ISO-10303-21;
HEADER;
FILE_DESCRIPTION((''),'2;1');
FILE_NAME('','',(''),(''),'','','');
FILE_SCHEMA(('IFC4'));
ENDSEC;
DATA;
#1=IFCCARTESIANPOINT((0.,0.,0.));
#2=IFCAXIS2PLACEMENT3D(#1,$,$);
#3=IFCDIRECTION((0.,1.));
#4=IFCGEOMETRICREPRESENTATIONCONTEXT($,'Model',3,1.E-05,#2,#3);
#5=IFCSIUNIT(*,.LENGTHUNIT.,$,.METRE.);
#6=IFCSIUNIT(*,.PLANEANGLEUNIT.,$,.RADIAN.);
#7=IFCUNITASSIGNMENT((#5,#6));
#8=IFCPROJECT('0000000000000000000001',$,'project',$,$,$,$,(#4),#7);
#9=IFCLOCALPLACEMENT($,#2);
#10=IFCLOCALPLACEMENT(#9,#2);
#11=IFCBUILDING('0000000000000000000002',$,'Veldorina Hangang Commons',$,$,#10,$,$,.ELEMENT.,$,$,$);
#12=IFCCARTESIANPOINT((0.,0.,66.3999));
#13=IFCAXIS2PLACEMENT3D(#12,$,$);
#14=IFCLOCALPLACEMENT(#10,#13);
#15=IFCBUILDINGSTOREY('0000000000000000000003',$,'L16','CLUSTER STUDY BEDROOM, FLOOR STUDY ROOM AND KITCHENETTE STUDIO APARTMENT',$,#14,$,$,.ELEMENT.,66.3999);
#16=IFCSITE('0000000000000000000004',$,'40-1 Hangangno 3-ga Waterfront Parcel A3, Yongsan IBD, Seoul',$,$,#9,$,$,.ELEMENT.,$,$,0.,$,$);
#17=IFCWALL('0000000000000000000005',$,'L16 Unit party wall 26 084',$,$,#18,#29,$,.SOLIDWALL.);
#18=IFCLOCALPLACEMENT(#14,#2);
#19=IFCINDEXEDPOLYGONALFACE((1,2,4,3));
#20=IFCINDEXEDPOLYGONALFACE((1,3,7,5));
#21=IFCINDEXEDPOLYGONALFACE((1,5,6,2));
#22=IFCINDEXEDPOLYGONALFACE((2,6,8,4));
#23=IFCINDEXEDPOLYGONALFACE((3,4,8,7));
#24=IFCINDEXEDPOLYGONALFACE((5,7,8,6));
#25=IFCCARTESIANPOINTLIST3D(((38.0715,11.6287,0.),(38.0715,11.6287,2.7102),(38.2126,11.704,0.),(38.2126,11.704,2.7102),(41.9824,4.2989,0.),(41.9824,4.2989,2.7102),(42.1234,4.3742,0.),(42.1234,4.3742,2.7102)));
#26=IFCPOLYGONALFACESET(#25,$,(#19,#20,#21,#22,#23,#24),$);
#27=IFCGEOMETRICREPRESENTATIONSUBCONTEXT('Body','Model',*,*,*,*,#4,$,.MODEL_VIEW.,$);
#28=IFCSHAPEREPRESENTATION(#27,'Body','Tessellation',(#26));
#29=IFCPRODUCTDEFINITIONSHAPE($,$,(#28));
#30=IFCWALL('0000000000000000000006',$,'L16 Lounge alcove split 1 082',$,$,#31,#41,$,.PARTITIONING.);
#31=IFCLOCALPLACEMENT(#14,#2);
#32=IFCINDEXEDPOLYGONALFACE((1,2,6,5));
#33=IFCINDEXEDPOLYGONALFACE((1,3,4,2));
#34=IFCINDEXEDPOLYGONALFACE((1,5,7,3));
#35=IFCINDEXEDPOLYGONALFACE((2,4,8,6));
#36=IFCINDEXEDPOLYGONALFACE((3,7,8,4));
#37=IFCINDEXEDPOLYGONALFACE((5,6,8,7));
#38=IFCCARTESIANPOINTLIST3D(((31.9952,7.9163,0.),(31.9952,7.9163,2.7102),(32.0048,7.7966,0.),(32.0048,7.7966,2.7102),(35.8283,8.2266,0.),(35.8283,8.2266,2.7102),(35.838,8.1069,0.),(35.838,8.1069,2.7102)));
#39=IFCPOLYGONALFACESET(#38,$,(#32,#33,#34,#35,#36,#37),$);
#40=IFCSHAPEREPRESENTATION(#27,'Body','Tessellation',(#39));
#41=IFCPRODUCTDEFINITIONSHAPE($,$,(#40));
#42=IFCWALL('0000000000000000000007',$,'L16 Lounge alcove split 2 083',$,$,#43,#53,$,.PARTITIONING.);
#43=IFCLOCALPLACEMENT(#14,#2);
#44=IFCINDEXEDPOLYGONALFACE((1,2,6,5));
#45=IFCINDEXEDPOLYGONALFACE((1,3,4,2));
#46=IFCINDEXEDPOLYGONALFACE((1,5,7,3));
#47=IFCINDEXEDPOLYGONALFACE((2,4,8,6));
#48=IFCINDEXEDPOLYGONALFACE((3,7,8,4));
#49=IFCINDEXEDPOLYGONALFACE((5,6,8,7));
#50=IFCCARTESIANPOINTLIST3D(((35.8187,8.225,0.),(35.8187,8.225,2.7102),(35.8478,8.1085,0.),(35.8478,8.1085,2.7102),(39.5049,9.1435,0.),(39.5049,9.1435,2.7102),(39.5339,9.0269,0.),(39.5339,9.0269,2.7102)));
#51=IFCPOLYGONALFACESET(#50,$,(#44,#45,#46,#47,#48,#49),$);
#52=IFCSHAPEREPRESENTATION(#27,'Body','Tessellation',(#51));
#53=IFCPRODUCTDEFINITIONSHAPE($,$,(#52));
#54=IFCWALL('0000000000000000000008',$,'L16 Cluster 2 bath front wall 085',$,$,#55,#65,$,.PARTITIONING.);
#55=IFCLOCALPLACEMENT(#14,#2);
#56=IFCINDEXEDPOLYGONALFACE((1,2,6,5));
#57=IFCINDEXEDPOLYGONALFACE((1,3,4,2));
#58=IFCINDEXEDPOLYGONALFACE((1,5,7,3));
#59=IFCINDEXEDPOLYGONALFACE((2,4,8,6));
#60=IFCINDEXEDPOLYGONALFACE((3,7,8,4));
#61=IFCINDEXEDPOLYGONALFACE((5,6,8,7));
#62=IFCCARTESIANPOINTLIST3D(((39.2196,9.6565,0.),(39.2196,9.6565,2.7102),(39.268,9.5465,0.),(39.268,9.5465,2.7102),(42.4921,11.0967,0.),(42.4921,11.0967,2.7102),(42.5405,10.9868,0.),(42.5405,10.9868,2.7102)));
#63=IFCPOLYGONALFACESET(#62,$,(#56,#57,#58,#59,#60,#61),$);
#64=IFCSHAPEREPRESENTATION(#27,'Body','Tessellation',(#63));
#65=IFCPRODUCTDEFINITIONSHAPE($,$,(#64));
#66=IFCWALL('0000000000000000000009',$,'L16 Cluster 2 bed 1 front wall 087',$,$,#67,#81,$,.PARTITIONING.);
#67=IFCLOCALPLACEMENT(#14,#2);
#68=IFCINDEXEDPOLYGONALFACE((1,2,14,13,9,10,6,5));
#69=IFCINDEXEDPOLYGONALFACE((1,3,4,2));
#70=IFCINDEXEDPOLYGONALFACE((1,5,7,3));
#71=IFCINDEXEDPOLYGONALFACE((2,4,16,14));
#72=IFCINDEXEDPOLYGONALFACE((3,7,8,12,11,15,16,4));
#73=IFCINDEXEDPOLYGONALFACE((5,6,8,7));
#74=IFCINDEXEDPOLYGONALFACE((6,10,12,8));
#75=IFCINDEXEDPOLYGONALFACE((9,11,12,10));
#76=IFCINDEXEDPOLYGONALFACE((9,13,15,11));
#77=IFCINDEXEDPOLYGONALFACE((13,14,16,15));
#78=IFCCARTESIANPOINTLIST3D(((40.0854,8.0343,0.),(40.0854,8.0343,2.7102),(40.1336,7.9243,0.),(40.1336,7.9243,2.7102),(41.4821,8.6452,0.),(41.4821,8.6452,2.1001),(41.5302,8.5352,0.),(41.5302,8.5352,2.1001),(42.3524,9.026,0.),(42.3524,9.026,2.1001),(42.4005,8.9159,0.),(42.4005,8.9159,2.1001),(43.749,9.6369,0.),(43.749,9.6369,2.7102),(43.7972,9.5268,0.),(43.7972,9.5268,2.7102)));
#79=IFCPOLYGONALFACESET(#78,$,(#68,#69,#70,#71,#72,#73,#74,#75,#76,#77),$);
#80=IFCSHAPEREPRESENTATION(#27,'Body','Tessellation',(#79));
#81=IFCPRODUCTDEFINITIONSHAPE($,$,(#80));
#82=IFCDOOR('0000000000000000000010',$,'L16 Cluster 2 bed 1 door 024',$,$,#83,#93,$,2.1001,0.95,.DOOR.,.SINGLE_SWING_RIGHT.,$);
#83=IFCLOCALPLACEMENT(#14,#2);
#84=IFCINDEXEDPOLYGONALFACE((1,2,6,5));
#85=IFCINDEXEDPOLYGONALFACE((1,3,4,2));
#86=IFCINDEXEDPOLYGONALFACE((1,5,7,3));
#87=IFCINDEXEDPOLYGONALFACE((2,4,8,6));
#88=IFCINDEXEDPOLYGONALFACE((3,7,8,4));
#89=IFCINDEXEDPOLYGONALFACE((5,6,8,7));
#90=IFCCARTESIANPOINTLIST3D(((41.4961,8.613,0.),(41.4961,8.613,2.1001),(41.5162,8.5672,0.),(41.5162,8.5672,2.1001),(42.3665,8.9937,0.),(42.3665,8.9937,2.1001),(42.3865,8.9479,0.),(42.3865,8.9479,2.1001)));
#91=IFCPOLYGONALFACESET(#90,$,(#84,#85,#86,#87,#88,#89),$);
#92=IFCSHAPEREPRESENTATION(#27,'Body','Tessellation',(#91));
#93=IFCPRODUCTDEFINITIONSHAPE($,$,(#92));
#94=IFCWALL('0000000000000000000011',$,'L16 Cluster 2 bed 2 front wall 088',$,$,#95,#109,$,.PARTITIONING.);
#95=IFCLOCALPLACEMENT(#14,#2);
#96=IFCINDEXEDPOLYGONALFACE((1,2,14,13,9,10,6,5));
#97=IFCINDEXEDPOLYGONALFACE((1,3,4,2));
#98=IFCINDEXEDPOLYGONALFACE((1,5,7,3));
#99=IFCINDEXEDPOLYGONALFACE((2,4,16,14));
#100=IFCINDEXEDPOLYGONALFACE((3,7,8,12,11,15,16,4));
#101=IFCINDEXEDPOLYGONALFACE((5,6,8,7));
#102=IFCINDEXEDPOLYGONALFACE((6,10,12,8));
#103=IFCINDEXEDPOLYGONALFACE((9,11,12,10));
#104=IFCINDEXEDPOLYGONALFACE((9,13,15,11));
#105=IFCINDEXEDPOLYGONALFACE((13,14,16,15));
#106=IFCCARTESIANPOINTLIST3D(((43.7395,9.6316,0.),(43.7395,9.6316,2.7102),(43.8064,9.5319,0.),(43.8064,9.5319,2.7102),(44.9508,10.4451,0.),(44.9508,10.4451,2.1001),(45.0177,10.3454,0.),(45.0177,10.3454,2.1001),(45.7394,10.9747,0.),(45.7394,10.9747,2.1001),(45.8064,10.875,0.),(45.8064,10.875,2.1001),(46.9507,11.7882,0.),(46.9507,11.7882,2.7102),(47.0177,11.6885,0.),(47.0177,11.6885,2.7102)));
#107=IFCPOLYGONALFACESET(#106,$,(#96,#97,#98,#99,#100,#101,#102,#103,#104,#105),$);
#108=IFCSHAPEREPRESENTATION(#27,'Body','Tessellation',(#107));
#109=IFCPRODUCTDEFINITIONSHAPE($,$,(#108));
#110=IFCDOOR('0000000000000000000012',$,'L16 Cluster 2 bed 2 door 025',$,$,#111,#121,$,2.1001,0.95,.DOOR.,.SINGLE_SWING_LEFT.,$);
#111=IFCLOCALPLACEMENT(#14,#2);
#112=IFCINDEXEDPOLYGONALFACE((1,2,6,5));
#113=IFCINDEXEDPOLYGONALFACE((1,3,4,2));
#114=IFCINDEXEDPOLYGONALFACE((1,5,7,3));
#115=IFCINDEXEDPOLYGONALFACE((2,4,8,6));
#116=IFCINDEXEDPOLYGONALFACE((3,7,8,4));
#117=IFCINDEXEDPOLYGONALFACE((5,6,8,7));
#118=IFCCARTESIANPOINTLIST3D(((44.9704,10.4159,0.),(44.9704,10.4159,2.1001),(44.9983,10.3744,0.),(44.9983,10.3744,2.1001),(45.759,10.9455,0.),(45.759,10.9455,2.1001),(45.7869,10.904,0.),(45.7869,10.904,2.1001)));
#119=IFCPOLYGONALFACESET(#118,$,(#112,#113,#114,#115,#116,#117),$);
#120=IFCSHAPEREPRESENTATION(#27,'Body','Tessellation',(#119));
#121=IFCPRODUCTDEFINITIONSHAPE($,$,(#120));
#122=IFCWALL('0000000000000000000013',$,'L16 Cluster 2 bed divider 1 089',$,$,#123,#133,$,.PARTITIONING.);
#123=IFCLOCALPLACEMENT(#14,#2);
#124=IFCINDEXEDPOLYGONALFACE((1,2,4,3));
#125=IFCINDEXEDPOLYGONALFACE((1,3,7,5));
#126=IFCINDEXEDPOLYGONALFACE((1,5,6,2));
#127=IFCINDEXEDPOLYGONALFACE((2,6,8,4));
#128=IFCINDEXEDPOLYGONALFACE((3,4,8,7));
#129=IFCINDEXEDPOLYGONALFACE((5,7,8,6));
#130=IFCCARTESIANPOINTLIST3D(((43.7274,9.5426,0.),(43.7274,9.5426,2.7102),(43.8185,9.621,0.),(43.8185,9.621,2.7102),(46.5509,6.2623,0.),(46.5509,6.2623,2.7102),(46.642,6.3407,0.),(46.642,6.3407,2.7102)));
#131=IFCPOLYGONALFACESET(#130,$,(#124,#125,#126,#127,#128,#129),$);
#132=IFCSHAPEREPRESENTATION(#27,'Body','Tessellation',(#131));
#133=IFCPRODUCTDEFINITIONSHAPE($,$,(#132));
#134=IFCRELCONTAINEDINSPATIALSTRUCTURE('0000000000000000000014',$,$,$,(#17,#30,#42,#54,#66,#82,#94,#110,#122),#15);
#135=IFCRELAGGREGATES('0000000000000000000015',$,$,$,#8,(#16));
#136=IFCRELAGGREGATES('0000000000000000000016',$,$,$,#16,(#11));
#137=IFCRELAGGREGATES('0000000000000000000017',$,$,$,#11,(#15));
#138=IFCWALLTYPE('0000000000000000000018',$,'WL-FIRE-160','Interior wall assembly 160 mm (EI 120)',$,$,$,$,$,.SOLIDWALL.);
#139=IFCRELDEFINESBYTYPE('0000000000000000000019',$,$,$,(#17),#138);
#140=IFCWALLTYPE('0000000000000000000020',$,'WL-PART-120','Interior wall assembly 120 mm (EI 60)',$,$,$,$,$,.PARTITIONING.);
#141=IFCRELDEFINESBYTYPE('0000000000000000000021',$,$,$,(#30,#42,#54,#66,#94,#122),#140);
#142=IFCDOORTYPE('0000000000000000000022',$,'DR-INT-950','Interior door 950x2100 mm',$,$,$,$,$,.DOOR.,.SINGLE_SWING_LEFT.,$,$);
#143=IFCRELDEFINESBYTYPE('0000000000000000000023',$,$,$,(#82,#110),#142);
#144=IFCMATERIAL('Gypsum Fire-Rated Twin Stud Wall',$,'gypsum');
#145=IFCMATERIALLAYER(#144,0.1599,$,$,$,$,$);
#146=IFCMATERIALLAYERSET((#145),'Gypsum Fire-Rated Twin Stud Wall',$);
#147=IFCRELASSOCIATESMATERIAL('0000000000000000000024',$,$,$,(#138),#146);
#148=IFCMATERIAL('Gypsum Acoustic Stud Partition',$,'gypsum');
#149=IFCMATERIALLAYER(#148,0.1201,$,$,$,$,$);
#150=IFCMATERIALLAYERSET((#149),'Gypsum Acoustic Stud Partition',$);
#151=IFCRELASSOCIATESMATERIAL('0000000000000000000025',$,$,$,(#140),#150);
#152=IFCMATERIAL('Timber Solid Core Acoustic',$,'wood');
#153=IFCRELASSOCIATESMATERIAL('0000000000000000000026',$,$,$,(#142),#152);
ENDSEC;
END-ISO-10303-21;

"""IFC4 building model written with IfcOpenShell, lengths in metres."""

from ifc_helpers import new_model, si_unit, direction, frame, frame_2d, origin, place, context, subcontext, project, spatial, rectangle, extrude, material, layer, layer_set, type_object, element, fill, save


model = new_model("IFC4")

# Units and contexts
model_context = context("Model", 3, precision=1e-05, world=origin(), true_north=direction((0.0, 1.0)))
body_context = subcontext(model_context, "Body", "Model", "MODEL_VIEW")
ifc_project = project(units=[si_unit("LENGTHUNIT", "METRE"), si_unit("PLANEANGLEUNIT", "RADIAN")], contexts=[model_context])

# Site, building, storey
site_placement = place(None, origin())
site = spatial("IfcSite", under=ifc_project, at=site_placement, Name="40-1 Hangangno 3-ga Waterfront Parcel A3, Yongsan IBD, Seoul", CompositionType="ELEMENT", RefElevation=0.0)
building_placement = place(site_placement, origin())
building = spatial("IfcBuilding", under=site, at=building_placement, Name="Veldorina Hangang Commons", CompositionType="ELEMENT")
storey_placement = place(building_placement, frame((0.0, 0.0, 66.3999)))
storey = spatial("IfcBuildingStorey", under=building, at=storey_placement, Name="L16", Description="CLUSTER STUDY BEDROOM, FLOOR STUDY ROOM AND KITCHENETTE STUDIO APARTMENT", CompositionType="ELEMENT", Elevation=66.3999)

# Shared definitions
ifc_material_1 = material(Name="Gypsum Fire-Rated Twin Stud Wall", Category="gypsum")
ifc_layer_1 = layer(ifc_material_1, 0.1599)
ifc_layer_set_1 = layer_set([ifc_layer_1], Name="Gypsum Fire-Rated Twin Stud Wall")
wall_type_1 = type_object("IfcWallType", Name="WL-FIRE-160", Description="Interior wall assembly 160 mm (EI 120)", PredefinedType="SOLIDWALL", material=ifc_layer_set_1)
ifc_material_2 = material(Name="Timber Solid Core Acoustic", Category="wood")

# Walls
wall_1_placement = place(storey_placement, frame((38.1421, 11.6663, 0.0), z_axis=(0.0, 0.0, 1.0), x_axis=(0.470742, -0.882271, 0.0)))
element("IfcWall", 1, at=wall_1_placement, inside=storey, type_object=wall_type_1, Name="L16 Unit party wall 26 084", PredefinedType="SOLIDWALL", context=body_context, shape_type="SweptSolid", body=[
    extrude(rectangle(XDim=8.3079, YDim=0.1599, at=frame_2d((4.1538, 0.0))), origin(), (0.0, 0.0, 1.0), 2.7102),
])
ifc_material_3 = material(Name="Gypsum Acoustic Stud Partition", Category="gypsum")
ifc_layer_2 = layer(ifc_material_3, 0.1201)
ifc_layer_set_2 = layer_set([ifc_layer_2], Name="Gypsum Acoustic Stud Partition")
wall_type_2 = type_object("IfcWallType", Name="WL-PART-120", Description="Interior wall assembly 120 mm (EI 60)", PredefinedType="PARTITIONING", material=ifc_layer_set_2)
wall_2_placement = place(storey_placement, frame((32.0, 7.8564, 0.0), z_axis=(0.0, 0.0, 1.0), x_axis=(0.99674, 0.080686, 0.0)))
element("IfcWall", 2, at=wall_2_placement, inside=storey, type_object=wall_type_2, Name="L16 Lounge alcove split 1 082", PredefinedType="PARTITIONING", context=body_context, shape_type="SweptSolid", body=[
    extrude(rectangle(XDim=3.8457, YDim=0.1201, at=frame_2d((1.9229, 0.0))), origin(), (0.0, 0.0, 1.0), 2.7102),
])
wall_3_placement = place(storey_placement, frame((35.8333, 8.1667, 0.0), z_axis=(0.0, 0.0, 1.0), x_axis=(0.970331, 0.241779, 0.0)))
element("IfcWall", 3, at=wall_3_placement, inside=storey, type_object=wall_type_2, Name="L16 Lounge alcove split 2 083", PredefinedType="PARTITIONING", context=body_context, shape_type="SweptSolid", body=[
    extrude(rectangle(XDim=3.7988, YDim=0.1201, at=frame_2d((1.8994, 0.0))), origin(), (0.0, 0.0, 1.0), 2.7102),
])
wall_4_placement = place(storey_placement, frame((39.2439, 9.6016, 0.0), z_axis=(0.0, 0.0, 1.0), x_axis=(0.915284, 0.40281, 0.0)))
element("IfcWall", 4, at=wall_4_placement, inside=storey, type_object=wall_type_2, Name="L16 Cluster 2 bath front wall 085", PredefinedType="PARTITIONING", context=body_context, shape_type="SweptSolid", body=[
    extrude(rectangle(XDim=3.5754, YDim=0.1201, at=frame_2d((1.7876, 0.0))), origin(), (0.0, 0.0, 1.0), 2.7102),
])

# Walls, openings, doors
wall_5_placement = place(storey_placement, frame((40.1094, 7.9792, 0.0), z_axis=(0.0, 0.0, 1.0), x_axis=(0.916183, 0.400761, 0.0)))
wall_5 = element("IfcWall", 5, at=wall_5_placement, inside=storey, type_object=wall_type_2, Name="L16 Cluster 2 bed 1 front wall 087", PredefinedType="PARTITIONING", context=body_context, shape_type="SweptSolid", body=[
    extrude(rectangle(XDim=3.9988, YDim=0.1201, at=frame_2d((1.9995, 0.0))), origin(), (0.0, 0.0, 1.0), 2.7102),
])
opening_1_placement = place(wall_5_placement, frame((1.5244, 0.0, 0.0)))
opening_1 = element("IfcOpeningElement", 6, at=opening_1_placement, cuts=wall_5, PredefinedType="OPENING", context=body_context, shape_type="SweptSolid", body=[
    extrude(rectangle(XDim=0.95, YDim=2.1001, at=frame_2d((0.4751, 1.05))), frame((0.0, 0.0701, 0.0), z_axis=(0.0, -1.0, 0.0), x_axis=(1.0, 0.0, 0.0)), (0.0, 0.0, 1.0), 0.1401),
])
door_type_1 = type_object("IfcDoorType", Name="DR-INT-950", Description="Interior door 950x2100 mm", OperationType="SINGLE_SWING_LEFT", PredefinedType="DOOR", material=ifc_material_2)
door_1_placement = place(opening_1_placement, origin())
door_1 = element("IfcDoor", 7, at=door_1_placement, inside=storey, type_object=door_type_1, Name="L16 Cluster 2 bed 1 door 024", OperationType="SINGLE_SWING_RIGHT", OverallHeight=2.1001, OverallWidth=0.95, PredefinedType="DOOR", context=body_context, shape_type="SweptSolid", body=[
    extrude(rectangle(XDim=0.95, YDim=2.1001, at=frame_2d((0.4751, 1.05))), frame((0.0, 0.0249, 0.0), z_axis=(0.0, -1.0, 0.0), x_axis=(1.0, 0.0, 0.0)), (0.0, 0.0, 1.0), 0.05),
])
fill(opening_1, door_1)
wall_6_placement = place(storey_placement, frame((43.7729, 9.5818, 0.0), z_axis=(0.0, 0.0, 1.0), x_axis=(0.830171, 0.557508, 0.0)))
wall_6 = element("IfcWall", 8, at=wall_6_placement, inside=storey, type_object=wall_type_2, Name="L16 Cluster 2 bed 2 front wall 088", PredefinedType="PARTITIONING", context=body_context, shape_type="SweptSolid", body=[
    extrude(rectangle(XDim=3.8682, YDim=0.1201, at=frame_2d((1.9341, 0.0))), origin(), (0.0, 0.0, 1.0), 2.7102),
])
opening_2_placement = place(wall_6_placement, frame((1.459, 0.0, 0.0)))
opening_2 = element("IfcOpeningElement", 9, at=opening_2_placement, cuts=wall_6, PredefinedType="OPENING", context=body_context, shape_type="SweptSolid", body=[
    extrude(rectangle(XDim=0.95, YDim=2.1001, at=frame_2d((0.4751, 1.05))), frame((0.0, 0.0701, 0.0), z_axis=(0.0, -1.0, 0.0), x_axis=(1.0, 0.0, 0.0)), (0.0, 0.0, 1.0), 0.1401),
])
door_2_placement = place(opening_2_placement, origin())
door_2 = element("IfcDoor", 10, at=door_2_placement, inside=storey, type_object=door_type_1, Name="L16 Cluster 2 bed 2 door 025", OperationType="SINGLE_SWING_LEFT", OverallHeight=2.1001, OverallWidth=0.95, PredefinedType="DOOR", context=body_context, shape_type="SweptSolid", body=[
    extrude(rectangle(XDim=0.95, YDim=2.1001, at=frame_2d((0.4751, 1.05))), frame((0.0, 0.0249, 0.0), z_axis=(0.0, -1.0, 0.0), x_axis=(1.0, 0.0, 0.0)), (0.0, 0.0, 1.0), 0.05),
])
fill(opening_2, door_2)

# Wall
wall_7_placement = place(storey_placement, frame((43.7729, 9.5818, 0.0), z_axis=(0.0, 0.0, 1.0), x_axis=(0.652365, -0.757905, 0.0)))
element("IfcWall", 11, at=wall_7_placement, inside=storey, type_object=wall_type_2, Name="L16 Cluster 2 bed divider 1 089", PredefinedType="PARTITIONING", context=body_context, shape_type="SweptSolid", body=[
    extrude(rectangle(XDim=4.3281, YDim=0.1201, at=frame_2d((2.1641, 0.0))), origin(), (0.0, 0.0, 1.0), 2.7102),
])

save(model, "model.ifc")
